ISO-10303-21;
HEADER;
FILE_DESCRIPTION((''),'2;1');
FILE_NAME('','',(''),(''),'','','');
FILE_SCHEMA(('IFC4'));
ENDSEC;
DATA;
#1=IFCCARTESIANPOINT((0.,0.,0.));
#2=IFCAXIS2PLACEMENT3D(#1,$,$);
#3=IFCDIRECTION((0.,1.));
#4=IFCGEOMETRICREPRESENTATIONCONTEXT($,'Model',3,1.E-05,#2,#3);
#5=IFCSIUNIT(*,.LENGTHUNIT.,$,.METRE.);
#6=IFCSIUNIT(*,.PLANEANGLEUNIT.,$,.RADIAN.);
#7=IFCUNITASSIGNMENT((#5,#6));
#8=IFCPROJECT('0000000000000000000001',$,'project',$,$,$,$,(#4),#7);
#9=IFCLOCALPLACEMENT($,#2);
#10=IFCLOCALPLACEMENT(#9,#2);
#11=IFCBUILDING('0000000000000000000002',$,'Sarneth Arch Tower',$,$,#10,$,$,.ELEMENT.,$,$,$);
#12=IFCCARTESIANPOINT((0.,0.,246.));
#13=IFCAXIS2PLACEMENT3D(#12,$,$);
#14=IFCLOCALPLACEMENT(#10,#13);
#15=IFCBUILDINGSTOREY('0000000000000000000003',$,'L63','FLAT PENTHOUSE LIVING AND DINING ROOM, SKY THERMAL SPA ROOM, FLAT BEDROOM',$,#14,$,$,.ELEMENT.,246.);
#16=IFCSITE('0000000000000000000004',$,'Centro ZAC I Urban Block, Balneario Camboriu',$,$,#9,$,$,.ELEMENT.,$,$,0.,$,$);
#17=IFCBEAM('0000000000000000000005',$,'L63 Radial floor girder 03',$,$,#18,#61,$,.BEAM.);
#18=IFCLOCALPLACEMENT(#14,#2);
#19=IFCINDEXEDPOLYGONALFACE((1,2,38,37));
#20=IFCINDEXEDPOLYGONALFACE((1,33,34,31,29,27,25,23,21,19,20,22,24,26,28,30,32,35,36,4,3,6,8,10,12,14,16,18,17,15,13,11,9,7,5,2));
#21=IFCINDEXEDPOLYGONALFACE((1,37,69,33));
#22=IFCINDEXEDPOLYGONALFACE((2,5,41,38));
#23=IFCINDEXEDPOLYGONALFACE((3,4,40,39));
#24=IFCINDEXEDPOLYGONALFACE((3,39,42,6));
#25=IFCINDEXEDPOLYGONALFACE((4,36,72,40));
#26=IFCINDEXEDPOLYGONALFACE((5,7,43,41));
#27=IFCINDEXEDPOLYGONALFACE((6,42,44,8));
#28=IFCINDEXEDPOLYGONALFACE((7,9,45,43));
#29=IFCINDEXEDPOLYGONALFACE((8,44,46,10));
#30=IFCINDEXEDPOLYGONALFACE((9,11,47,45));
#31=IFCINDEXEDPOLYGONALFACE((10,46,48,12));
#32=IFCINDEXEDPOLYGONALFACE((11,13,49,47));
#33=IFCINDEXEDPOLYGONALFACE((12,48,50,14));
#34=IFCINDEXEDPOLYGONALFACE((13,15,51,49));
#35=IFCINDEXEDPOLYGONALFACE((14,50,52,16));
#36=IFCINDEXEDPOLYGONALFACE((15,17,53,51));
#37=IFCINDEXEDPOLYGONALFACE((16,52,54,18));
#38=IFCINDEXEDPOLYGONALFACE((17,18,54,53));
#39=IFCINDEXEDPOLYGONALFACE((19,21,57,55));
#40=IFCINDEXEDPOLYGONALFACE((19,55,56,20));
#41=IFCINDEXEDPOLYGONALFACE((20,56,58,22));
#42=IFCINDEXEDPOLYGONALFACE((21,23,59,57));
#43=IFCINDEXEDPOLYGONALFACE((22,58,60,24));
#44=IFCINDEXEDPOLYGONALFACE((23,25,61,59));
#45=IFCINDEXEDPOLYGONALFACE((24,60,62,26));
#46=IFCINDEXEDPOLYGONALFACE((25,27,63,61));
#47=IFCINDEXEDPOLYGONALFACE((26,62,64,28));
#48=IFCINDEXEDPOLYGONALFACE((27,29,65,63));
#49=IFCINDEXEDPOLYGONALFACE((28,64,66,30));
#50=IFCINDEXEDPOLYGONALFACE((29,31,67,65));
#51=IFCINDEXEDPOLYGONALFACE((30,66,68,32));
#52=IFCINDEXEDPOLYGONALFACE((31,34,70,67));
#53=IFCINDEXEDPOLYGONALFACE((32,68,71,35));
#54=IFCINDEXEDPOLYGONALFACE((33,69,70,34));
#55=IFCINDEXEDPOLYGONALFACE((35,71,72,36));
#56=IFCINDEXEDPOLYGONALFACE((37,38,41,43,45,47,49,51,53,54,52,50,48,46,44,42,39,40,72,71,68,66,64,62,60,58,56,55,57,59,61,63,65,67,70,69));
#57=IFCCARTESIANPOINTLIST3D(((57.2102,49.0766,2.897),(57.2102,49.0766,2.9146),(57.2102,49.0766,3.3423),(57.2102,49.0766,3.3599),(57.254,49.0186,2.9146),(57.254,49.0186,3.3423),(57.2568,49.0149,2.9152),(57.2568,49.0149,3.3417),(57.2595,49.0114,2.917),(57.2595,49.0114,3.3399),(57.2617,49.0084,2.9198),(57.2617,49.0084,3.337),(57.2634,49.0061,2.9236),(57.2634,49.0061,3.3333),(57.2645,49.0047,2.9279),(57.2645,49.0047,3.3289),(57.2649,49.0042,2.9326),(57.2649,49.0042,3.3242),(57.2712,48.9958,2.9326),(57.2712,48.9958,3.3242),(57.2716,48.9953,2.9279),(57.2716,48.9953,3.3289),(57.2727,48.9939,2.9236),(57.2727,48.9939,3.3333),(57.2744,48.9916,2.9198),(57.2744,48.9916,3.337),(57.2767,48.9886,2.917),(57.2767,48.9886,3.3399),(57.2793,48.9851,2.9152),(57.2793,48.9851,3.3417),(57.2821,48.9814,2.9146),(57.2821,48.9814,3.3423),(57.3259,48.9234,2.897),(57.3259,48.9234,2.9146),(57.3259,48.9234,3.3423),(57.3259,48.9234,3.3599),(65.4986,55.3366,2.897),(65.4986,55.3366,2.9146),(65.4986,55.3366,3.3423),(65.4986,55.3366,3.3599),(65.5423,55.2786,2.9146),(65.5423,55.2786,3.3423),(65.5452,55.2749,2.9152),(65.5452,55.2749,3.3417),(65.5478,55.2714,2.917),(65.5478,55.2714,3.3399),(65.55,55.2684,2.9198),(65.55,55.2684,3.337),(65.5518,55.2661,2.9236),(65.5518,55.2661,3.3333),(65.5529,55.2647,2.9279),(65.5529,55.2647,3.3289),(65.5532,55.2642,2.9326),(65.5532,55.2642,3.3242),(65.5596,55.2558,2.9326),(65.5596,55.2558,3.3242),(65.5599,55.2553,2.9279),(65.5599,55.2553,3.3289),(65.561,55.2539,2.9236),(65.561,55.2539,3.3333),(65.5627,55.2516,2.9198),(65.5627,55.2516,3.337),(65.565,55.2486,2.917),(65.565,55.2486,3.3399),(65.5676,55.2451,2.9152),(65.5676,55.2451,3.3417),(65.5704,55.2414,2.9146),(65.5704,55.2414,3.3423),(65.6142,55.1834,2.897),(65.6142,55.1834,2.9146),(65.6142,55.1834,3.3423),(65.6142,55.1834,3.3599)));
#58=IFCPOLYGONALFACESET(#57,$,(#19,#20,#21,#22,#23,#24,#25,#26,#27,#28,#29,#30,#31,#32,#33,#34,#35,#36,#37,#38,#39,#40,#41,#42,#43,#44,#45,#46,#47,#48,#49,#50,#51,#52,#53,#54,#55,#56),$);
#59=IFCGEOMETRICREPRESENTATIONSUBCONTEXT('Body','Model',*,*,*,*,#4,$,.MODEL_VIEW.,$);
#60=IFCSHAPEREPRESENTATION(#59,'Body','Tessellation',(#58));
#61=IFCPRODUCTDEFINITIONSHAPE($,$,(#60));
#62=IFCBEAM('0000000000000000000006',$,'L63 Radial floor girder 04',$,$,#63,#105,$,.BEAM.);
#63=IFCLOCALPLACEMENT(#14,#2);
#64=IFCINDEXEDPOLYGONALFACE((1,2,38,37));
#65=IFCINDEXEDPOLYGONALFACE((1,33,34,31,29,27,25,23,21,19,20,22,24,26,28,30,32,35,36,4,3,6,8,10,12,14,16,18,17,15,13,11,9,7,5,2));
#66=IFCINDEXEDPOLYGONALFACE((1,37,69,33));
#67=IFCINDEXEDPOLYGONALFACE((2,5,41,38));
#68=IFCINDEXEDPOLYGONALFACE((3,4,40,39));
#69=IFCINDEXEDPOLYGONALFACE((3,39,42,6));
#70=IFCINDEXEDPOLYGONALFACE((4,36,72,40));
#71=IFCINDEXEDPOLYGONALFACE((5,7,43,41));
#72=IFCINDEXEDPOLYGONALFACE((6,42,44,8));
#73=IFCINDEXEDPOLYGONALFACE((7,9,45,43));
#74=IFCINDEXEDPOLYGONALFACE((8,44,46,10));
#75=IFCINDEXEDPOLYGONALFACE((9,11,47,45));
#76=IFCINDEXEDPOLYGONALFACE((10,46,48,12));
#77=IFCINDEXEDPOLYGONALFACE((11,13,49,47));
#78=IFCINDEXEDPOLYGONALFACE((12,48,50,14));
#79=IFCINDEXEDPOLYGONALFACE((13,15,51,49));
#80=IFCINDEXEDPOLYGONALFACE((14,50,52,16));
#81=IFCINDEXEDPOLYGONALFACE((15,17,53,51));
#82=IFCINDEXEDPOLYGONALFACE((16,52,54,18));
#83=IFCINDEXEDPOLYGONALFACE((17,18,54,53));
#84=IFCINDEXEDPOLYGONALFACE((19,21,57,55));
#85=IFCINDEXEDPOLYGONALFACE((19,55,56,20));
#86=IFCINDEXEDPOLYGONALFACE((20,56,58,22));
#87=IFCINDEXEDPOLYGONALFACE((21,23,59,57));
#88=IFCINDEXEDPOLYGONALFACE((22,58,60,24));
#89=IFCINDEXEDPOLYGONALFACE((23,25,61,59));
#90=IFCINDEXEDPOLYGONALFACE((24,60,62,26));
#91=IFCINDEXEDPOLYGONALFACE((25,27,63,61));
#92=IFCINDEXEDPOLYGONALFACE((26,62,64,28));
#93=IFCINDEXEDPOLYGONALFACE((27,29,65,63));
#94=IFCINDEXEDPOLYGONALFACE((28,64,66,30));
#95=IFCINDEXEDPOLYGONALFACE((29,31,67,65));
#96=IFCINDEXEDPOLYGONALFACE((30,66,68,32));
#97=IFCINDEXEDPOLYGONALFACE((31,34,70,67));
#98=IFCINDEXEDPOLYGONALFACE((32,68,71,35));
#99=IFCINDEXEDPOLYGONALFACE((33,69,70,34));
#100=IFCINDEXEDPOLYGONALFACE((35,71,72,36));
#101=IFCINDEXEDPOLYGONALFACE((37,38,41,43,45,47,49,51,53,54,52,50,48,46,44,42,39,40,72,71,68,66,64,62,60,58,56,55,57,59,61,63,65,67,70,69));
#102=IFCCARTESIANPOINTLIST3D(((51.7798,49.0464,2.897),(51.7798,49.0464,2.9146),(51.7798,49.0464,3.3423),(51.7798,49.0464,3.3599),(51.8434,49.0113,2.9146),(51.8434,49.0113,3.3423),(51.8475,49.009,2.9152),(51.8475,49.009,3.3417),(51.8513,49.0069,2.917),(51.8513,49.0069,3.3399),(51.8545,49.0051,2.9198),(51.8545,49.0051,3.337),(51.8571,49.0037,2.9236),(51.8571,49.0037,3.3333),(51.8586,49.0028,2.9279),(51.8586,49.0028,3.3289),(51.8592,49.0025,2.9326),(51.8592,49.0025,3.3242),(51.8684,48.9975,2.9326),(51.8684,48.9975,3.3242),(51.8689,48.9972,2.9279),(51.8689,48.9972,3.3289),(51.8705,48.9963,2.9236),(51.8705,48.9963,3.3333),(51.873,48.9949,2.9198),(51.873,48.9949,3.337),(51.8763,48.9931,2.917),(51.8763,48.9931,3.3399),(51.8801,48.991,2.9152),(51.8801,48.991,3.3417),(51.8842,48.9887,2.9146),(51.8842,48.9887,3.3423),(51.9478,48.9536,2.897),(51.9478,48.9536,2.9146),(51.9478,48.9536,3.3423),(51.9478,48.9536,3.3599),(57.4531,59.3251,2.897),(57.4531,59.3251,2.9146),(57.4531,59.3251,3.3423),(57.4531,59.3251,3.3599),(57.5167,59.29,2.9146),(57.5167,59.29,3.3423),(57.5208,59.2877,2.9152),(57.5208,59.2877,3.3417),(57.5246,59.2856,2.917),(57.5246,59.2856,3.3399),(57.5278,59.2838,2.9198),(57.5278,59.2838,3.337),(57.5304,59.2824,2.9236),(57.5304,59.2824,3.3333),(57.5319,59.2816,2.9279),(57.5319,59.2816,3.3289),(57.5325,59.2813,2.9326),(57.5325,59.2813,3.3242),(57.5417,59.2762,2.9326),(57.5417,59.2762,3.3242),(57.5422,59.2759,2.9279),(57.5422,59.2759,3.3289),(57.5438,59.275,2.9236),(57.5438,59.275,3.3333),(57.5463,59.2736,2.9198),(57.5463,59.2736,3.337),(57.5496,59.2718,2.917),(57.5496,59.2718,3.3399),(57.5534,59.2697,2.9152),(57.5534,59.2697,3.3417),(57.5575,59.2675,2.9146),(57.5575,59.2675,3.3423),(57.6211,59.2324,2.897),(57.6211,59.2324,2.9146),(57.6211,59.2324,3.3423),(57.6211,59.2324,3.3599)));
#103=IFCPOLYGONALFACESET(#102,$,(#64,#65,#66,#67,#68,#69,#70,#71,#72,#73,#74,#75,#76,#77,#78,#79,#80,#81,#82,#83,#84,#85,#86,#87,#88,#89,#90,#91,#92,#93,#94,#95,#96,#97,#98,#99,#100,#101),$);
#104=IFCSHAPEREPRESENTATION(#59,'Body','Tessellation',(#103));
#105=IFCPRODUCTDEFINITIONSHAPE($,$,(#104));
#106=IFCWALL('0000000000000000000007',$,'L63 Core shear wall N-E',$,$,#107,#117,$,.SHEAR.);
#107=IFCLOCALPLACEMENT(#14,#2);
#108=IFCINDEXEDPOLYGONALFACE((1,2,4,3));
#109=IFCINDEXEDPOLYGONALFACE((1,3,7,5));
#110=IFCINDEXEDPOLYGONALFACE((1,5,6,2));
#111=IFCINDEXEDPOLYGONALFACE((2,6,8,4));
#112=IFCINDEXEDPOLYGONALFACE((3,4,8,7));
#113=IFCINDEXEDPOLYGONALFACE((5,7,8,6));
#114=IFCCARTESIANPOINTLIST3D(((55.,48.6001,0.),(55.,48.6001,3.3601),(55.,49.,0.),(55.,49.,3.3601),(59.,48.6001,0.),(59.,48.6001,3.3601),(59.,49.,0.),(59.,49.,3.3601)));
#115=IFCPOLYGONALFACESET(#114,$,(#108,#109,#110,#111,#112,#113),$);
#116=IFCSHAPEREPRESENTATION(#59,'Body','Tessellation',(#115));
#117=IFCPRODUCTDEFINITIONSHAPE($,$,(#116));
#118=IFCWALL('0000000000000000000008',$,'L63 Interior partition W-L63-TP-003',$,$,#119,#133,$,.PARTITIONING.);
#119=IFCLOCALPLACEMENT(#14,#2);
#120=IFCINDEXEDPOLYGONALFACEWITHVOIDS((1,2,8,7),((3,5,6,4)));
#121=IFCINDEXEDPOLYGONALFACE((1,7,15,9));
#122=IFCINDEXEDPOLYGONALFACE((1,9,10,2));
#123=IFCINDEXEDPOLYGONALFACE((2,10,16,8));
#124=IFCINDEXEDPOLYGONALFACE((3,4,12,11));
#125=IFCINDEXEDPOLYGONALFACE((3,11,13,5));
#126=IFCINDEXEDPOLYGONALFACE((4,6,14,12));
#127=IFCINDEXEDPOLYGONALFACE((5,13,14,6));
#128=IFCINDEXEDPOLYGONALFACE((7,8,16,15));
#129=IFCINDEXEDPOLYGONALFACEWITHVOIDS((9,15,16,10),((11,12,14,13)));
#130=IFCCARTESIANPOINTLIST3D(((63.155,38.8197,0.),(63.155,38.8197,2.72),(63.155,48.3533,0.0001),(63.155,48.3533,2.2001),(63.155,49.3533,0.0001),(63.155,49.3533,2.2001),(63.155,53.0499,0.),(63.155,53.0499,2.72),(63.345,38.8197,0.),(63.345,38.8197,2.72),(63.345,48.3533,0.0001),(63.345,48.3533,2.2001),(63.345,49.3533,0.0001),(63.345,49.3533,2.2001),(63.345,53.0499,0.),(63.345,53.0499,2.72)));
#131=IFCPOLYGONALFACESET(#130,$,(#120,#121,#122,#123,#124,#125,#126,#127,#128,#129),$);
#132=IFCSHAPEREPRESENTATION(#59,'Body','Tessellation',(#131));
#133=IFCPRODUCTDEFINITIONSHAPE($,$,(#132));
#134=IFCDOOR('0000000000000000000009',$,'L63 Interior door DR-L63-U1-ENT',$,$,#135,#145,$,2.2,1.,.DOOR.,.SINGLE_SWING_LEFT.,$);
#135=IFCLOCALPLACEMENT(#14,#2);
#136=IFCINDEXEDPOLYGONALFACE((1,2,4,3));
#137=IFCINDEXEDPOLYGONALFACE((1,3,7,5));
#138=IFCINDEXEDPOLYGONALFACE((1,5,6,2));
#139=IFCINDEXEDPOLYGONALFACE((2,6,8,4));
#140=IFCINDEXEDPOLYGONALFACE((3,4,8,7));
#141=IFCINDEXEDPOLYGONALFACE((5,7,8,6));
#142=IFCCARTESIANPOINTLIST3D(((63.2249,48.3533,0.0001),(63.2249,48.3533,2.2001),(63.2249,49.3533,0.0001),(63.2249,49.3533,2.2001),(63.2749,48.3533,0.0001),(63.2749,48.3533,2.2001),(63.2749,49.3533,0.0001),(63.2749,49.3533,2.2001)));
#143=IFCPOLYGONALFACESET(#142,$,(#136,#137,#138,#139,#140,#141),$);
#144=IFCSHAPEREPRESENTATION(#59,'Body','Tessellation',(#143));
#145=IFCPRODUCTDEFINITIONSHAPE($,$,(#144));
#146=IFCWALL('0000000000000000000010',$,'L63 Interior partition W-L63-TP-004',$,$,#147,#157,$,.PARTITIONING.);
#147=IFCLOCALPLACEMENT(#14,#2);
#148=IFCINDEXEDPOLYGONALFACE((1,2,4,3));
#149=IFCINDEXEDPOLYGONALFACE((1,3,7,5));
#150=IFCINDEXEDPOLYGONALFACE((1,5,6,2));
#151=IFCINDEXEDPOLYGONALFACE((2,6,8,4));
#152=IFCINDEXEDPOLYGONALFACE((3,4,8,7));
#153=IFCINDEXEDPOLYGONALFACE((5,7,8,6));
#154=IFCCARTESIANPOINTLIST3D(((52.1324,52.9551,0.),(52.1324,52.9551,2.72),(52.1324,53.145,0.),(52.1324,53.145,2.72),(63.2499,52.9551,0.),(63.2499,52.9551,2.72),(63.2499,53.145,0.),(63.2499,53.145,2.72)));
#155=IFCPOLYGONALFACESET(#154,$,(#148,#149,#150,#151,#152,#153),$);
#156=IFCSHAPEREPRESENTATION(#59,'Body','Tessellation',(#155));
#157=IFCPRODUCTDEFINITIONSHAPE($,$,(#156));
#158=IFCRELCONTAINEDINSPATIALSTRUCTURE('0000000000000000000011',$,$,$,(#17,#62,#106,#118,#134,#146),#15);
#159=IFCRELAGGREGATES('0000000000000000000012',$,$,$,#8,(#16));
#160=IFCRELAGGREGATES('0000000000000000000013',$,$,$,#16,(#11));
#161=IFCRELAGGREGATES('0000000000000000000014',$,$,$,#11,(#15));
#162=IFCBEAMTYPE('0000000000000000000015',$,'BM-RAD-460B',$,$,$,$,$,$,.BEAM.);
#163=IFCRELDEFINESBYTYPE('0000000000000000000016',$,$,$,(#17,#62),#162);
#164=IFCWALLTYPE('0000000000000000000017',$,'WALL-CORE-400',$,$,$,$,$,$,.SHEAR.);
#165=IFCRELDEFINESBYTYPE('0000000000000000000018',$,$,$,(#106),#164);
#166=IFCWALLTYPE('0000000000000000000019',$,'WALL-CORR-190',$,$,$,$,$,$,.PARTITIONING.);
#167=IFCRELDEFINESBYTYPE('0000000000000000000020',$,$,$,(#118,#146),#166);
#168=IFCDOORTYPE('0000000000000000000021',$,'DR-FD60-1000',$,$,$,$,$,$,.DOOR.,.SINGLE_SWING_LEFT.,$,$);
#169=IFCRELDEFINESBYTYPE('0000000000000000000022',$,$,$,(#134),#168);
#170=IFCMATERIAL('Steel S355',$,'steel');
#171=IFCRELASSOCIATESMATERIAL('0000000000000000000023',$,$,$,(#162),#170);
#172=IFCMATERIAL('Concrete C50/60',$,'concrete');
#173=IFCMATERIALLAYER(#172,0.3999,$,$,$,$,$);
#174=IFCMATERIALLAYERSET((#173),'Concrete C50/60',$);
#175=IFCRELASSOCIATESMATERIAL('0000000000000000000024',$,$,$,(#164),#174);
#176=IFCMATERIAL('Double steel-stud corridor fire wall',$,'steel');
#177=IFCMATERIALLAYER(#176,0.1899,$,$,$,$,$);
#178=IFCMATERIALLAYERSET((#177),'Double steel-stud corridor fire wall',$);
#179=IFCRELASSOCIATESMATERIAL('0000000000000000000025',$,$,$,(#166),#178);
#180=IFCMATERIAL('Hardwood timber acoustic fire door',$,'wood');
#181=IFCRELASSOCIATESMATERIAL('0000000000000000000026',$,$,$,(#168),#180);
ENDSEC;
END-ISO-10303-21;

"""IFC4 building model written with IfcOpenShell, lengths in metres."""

from ifc_helpers import new_model, si_unit, direction, frame, frame_2d, origin, origin_2d, place, context, subcontext, project, spatial, rectangle, i_section, extrude, material, layer, layer_set, material_profile, profile_set, type_object, element, fill, save


model = new_model("IFC4")

# Units and contexts
model_context = context("Model", 3, precision=1e-05, world=origin(), true_north=direction((0.0, 1.0)))
body_context = subcontext(model_context, "Body", "Model", "MODEL_VIEW")
ifc_project = project(units=[si_unit("LENGTHUNIT", "METRE"), si_unit("PLANEANGLEUNIT", "RADIAN")], contexts=[model_context])

# Site, building, storey
site_placement = place(None, origin())
site = spatial("IfcSite", under=ifc_project, at=site_placement, Name="Centro ZAC I Urban Block, Balneario Camboriu", CompositionType="ELEMENT", RefElevation=0.0)
building_placement = place(site_placement, origin())
building = spatial("IfcBuilding", under=site, at=building_placement, Name="Sarneth Arch Tower", CompositionType="ELEMENT")
storey_placement = place(building_placement, frame((0.0, 0.0, 246.0)))
storey = spatial("IfcBuildingStorey", under=building, at=storey_placement, Name="L63", Description="FLAT PENTHOUSE LIVING AND DINING ROOM, SKY THERMAL SPA ROOM, FLAT BEDROOM", CompositionType="ELEMENT", Elevation=246.0)

# Beams
ifc_material_1 = material(Name="Steel S355", Category="steel")
ifc_material_profile_1 = material_profile(ifc_material_1, i_section(OverallWidth=0.1919, OverallDepth=0.4629, WebThickness=0.0105, FlangeThickness=0.0176, FilletRadius=0.0181, at=origin_2d()), Name="W460x89")
ifc_profile_set_1 = profile_set([ifc_material_profile_1], Name="Steel S355")
beam_type_1 = type_object("IfcBeamType", Name="BM-RAD-460B", PredefinedType="BEAM", material=ifc_profile_set_1)
beam_1_placement = place(storey_placement, frame((57.2681, 49.0, 3.1284), z_axis=(0.797973, 0.602693, 0.0), x_axis=(-0.602693, 0.797973, 0.0)))
element("IfcBeam", 1, at=beam_1_placement, inside=storey, type_object=beam_type_1, Name="L63 Radial floor girder 03", PredefinedType="BEAM", context=body_context, shape_type="SweptSolid", body=[
    extrude(i_section(OverallWidth=0.1919, OverallDepth=0.4629, WebThickness=0.0105, FlangeThickness=0.0176, FilletRadius=0.0181, at=origin_2d()), origin(), (0.0, 0.0, 1.0), 10.3867),
])
beam_2_placement = place(storey_placement, frame((51.8638, 49.0, 3.1284), z_axis=(0.483226, 0.875496, 0.0), x_axis=(-0.875496, 0.483226, 0.0)))
element("IfcBeam", 2, at=beam_2_placement, inside=storey, type_object=beam_type_1, Name="L63 Radial floor girder 04", PredefinedType="BEAM", context=body_context, shape_type="SweptSolid", body=[
    extrude(i_section(OverallWidth=0.1919, OverallDepth=0.4629, WebThickness=0.0105, FlangeThickness=0.0176, FilletRadius=0.0181, at=origin_2d()), origin(), (0.0, 0.0, 1.0), 11.7405),
])

# Wall
ifc_material_2 = material(Name="Concrete C50/60", Category="concrete")
ifc_layer_1 = layer(ifc_material_2, 0.3999)
ifc_layer_set_1 = layer_set([ifc_layer_1], Name="Concrete C50/60")
wall_type_1 = type_object("IfcWallType", Name="WALL-CORE-400", PredefinedType="SHEAR", material=ifc_layer_set_1)
wall_1_placement = place(storey_placement, frame((55.0, 48.8, 0.0), z_axis=(0.0, 0.0, 1.0), x_axis=(1.0, 0.0, 0.0)))
element("IfcWall", 3, at=wall_1_placement, inside=storey, type_object=wall_type_1, Name="L63 Core shear wall N-E", PredefinedType="SHEAR", context=body_context, shape_type="SweptSolid", body=[
    extrude(rectangle(XDim=4.0, YDim=0.3999, at=frame_2d((2.0, 0.0))), origin(), (0.0, 0.0, 1.0), 3.3601),
])

# Wall, opening, door
ifc_material_3 = material(Name="Double steel-stud corridor fire wall", Category="steel")
ifc_layer_2 = layer(ifc_material_3, 0.1899)
ifc_layer_set_2 = layer_set([ifc_layer_2], Name="Double steel-stud corridor fire wall")
wall_type_2 = type_object("IfcWallType", Name="WALL-CORR-190", PredefinedType="PARTITIONING", material=ifc_layer_set_2)
wall_2_placement = place(storey_placement, frame((63.25, 53.05, 0.0), z_axis=(0.0, 0.0, 1.0), x_axis=(0.0, -1.0, 0.0)))
wall_2 = element("IfcWall", 4, at=wall_2_placement, inside=storey, type_object=wall_type_2, Name="L63 Interior partition W-L63-TP-003", PredefinedType="PARTITIONING", context=body_context, shape_type="SweptSolid", body=[
    extrude(rectangle(XDim=14.2302, YDim=0.1899, at=frame_2d((7.1152, 0.0))), origin(), (0.0, 0.0, 1.0), 2.72),
])
opening_1_placement = place(wall_2_placement, frame((3.6968, 0.0, 0.0)))
opening_1 = element("IfcOpeningElement", 5, at=opening_1_placement, cuts=wall_2, PredefinedType="OPENING", context=body_context, shape_type="SweptSolid", body=[
    extrude(rectangle(XDim=1.0, YDim=2.2, at=frame_2d((0.5, 1.1001))), frame((0.0, 0.105, 0.0), z_axis=(0.0, -1.0, 0.0), x_axis=(1.0, 0.0, 0.0)), (0.0, 0.0, 1.0), 0.21),
])
ifc_material_4 = material(Name="Hardwood timber acoustic fire door", Category="wood")
door_type_1 = type_object("IfcDoorType", Name="DR-FD60-1000", OperationType="SINGLE_SWING_LEFT", PredefinedType="DOOR", material=ifc_material_4)
door_1_placement = place(opening_1_placement, origin())
door_1 = element("IfcDoor", 6, at=door_1_placement, inside=storey, type_object=door_type_1, Name="L63 Interior door DR-L63-U1-ENT", OperationType="SINGLE_SWING_LEFT", OverallHeight=2.2, OverallWidth=1.0, PredefinedType="DOOR", context=body_context, shape_type="SweptSolid", body=[
    extrude(rectangle(XDim=1.0, YDim=2.2, at=frame_2d((0.5, 1.1001))), frame((0.0, 0.0249, 0.0), z_axis=(0.0, -1.0, 0.0), x_axis=(1.0, 0.0, 0.0)), (0.0, 0.0, 1.0), 0.05),
])
fill(opening_1, door_1)

# Wall
wall_3_placement = place(storey_placement, frame((52.1326, 53.05, 0.0), z_axis=(0.0, 0.0, 1.0), x_axis=(1.0, 0.0, 0.0)))
element("IfcWall", 7, at=wall_3_placement, inside=storey, type_object=wall_type_2, Name="L63 Interior partition W-L63-TP-004", PredefinedType="PARTITIONING", context=body_context, shape_type="SweptSolid", body=[
    extrude(rectangle(XDim=11.1174, YDim=0.1899, at=frame_2d((5.5586, 0.0))), origin(), (0.0, 0.0, 1.0), 2.72),
])

save(model, "model.ifc")
